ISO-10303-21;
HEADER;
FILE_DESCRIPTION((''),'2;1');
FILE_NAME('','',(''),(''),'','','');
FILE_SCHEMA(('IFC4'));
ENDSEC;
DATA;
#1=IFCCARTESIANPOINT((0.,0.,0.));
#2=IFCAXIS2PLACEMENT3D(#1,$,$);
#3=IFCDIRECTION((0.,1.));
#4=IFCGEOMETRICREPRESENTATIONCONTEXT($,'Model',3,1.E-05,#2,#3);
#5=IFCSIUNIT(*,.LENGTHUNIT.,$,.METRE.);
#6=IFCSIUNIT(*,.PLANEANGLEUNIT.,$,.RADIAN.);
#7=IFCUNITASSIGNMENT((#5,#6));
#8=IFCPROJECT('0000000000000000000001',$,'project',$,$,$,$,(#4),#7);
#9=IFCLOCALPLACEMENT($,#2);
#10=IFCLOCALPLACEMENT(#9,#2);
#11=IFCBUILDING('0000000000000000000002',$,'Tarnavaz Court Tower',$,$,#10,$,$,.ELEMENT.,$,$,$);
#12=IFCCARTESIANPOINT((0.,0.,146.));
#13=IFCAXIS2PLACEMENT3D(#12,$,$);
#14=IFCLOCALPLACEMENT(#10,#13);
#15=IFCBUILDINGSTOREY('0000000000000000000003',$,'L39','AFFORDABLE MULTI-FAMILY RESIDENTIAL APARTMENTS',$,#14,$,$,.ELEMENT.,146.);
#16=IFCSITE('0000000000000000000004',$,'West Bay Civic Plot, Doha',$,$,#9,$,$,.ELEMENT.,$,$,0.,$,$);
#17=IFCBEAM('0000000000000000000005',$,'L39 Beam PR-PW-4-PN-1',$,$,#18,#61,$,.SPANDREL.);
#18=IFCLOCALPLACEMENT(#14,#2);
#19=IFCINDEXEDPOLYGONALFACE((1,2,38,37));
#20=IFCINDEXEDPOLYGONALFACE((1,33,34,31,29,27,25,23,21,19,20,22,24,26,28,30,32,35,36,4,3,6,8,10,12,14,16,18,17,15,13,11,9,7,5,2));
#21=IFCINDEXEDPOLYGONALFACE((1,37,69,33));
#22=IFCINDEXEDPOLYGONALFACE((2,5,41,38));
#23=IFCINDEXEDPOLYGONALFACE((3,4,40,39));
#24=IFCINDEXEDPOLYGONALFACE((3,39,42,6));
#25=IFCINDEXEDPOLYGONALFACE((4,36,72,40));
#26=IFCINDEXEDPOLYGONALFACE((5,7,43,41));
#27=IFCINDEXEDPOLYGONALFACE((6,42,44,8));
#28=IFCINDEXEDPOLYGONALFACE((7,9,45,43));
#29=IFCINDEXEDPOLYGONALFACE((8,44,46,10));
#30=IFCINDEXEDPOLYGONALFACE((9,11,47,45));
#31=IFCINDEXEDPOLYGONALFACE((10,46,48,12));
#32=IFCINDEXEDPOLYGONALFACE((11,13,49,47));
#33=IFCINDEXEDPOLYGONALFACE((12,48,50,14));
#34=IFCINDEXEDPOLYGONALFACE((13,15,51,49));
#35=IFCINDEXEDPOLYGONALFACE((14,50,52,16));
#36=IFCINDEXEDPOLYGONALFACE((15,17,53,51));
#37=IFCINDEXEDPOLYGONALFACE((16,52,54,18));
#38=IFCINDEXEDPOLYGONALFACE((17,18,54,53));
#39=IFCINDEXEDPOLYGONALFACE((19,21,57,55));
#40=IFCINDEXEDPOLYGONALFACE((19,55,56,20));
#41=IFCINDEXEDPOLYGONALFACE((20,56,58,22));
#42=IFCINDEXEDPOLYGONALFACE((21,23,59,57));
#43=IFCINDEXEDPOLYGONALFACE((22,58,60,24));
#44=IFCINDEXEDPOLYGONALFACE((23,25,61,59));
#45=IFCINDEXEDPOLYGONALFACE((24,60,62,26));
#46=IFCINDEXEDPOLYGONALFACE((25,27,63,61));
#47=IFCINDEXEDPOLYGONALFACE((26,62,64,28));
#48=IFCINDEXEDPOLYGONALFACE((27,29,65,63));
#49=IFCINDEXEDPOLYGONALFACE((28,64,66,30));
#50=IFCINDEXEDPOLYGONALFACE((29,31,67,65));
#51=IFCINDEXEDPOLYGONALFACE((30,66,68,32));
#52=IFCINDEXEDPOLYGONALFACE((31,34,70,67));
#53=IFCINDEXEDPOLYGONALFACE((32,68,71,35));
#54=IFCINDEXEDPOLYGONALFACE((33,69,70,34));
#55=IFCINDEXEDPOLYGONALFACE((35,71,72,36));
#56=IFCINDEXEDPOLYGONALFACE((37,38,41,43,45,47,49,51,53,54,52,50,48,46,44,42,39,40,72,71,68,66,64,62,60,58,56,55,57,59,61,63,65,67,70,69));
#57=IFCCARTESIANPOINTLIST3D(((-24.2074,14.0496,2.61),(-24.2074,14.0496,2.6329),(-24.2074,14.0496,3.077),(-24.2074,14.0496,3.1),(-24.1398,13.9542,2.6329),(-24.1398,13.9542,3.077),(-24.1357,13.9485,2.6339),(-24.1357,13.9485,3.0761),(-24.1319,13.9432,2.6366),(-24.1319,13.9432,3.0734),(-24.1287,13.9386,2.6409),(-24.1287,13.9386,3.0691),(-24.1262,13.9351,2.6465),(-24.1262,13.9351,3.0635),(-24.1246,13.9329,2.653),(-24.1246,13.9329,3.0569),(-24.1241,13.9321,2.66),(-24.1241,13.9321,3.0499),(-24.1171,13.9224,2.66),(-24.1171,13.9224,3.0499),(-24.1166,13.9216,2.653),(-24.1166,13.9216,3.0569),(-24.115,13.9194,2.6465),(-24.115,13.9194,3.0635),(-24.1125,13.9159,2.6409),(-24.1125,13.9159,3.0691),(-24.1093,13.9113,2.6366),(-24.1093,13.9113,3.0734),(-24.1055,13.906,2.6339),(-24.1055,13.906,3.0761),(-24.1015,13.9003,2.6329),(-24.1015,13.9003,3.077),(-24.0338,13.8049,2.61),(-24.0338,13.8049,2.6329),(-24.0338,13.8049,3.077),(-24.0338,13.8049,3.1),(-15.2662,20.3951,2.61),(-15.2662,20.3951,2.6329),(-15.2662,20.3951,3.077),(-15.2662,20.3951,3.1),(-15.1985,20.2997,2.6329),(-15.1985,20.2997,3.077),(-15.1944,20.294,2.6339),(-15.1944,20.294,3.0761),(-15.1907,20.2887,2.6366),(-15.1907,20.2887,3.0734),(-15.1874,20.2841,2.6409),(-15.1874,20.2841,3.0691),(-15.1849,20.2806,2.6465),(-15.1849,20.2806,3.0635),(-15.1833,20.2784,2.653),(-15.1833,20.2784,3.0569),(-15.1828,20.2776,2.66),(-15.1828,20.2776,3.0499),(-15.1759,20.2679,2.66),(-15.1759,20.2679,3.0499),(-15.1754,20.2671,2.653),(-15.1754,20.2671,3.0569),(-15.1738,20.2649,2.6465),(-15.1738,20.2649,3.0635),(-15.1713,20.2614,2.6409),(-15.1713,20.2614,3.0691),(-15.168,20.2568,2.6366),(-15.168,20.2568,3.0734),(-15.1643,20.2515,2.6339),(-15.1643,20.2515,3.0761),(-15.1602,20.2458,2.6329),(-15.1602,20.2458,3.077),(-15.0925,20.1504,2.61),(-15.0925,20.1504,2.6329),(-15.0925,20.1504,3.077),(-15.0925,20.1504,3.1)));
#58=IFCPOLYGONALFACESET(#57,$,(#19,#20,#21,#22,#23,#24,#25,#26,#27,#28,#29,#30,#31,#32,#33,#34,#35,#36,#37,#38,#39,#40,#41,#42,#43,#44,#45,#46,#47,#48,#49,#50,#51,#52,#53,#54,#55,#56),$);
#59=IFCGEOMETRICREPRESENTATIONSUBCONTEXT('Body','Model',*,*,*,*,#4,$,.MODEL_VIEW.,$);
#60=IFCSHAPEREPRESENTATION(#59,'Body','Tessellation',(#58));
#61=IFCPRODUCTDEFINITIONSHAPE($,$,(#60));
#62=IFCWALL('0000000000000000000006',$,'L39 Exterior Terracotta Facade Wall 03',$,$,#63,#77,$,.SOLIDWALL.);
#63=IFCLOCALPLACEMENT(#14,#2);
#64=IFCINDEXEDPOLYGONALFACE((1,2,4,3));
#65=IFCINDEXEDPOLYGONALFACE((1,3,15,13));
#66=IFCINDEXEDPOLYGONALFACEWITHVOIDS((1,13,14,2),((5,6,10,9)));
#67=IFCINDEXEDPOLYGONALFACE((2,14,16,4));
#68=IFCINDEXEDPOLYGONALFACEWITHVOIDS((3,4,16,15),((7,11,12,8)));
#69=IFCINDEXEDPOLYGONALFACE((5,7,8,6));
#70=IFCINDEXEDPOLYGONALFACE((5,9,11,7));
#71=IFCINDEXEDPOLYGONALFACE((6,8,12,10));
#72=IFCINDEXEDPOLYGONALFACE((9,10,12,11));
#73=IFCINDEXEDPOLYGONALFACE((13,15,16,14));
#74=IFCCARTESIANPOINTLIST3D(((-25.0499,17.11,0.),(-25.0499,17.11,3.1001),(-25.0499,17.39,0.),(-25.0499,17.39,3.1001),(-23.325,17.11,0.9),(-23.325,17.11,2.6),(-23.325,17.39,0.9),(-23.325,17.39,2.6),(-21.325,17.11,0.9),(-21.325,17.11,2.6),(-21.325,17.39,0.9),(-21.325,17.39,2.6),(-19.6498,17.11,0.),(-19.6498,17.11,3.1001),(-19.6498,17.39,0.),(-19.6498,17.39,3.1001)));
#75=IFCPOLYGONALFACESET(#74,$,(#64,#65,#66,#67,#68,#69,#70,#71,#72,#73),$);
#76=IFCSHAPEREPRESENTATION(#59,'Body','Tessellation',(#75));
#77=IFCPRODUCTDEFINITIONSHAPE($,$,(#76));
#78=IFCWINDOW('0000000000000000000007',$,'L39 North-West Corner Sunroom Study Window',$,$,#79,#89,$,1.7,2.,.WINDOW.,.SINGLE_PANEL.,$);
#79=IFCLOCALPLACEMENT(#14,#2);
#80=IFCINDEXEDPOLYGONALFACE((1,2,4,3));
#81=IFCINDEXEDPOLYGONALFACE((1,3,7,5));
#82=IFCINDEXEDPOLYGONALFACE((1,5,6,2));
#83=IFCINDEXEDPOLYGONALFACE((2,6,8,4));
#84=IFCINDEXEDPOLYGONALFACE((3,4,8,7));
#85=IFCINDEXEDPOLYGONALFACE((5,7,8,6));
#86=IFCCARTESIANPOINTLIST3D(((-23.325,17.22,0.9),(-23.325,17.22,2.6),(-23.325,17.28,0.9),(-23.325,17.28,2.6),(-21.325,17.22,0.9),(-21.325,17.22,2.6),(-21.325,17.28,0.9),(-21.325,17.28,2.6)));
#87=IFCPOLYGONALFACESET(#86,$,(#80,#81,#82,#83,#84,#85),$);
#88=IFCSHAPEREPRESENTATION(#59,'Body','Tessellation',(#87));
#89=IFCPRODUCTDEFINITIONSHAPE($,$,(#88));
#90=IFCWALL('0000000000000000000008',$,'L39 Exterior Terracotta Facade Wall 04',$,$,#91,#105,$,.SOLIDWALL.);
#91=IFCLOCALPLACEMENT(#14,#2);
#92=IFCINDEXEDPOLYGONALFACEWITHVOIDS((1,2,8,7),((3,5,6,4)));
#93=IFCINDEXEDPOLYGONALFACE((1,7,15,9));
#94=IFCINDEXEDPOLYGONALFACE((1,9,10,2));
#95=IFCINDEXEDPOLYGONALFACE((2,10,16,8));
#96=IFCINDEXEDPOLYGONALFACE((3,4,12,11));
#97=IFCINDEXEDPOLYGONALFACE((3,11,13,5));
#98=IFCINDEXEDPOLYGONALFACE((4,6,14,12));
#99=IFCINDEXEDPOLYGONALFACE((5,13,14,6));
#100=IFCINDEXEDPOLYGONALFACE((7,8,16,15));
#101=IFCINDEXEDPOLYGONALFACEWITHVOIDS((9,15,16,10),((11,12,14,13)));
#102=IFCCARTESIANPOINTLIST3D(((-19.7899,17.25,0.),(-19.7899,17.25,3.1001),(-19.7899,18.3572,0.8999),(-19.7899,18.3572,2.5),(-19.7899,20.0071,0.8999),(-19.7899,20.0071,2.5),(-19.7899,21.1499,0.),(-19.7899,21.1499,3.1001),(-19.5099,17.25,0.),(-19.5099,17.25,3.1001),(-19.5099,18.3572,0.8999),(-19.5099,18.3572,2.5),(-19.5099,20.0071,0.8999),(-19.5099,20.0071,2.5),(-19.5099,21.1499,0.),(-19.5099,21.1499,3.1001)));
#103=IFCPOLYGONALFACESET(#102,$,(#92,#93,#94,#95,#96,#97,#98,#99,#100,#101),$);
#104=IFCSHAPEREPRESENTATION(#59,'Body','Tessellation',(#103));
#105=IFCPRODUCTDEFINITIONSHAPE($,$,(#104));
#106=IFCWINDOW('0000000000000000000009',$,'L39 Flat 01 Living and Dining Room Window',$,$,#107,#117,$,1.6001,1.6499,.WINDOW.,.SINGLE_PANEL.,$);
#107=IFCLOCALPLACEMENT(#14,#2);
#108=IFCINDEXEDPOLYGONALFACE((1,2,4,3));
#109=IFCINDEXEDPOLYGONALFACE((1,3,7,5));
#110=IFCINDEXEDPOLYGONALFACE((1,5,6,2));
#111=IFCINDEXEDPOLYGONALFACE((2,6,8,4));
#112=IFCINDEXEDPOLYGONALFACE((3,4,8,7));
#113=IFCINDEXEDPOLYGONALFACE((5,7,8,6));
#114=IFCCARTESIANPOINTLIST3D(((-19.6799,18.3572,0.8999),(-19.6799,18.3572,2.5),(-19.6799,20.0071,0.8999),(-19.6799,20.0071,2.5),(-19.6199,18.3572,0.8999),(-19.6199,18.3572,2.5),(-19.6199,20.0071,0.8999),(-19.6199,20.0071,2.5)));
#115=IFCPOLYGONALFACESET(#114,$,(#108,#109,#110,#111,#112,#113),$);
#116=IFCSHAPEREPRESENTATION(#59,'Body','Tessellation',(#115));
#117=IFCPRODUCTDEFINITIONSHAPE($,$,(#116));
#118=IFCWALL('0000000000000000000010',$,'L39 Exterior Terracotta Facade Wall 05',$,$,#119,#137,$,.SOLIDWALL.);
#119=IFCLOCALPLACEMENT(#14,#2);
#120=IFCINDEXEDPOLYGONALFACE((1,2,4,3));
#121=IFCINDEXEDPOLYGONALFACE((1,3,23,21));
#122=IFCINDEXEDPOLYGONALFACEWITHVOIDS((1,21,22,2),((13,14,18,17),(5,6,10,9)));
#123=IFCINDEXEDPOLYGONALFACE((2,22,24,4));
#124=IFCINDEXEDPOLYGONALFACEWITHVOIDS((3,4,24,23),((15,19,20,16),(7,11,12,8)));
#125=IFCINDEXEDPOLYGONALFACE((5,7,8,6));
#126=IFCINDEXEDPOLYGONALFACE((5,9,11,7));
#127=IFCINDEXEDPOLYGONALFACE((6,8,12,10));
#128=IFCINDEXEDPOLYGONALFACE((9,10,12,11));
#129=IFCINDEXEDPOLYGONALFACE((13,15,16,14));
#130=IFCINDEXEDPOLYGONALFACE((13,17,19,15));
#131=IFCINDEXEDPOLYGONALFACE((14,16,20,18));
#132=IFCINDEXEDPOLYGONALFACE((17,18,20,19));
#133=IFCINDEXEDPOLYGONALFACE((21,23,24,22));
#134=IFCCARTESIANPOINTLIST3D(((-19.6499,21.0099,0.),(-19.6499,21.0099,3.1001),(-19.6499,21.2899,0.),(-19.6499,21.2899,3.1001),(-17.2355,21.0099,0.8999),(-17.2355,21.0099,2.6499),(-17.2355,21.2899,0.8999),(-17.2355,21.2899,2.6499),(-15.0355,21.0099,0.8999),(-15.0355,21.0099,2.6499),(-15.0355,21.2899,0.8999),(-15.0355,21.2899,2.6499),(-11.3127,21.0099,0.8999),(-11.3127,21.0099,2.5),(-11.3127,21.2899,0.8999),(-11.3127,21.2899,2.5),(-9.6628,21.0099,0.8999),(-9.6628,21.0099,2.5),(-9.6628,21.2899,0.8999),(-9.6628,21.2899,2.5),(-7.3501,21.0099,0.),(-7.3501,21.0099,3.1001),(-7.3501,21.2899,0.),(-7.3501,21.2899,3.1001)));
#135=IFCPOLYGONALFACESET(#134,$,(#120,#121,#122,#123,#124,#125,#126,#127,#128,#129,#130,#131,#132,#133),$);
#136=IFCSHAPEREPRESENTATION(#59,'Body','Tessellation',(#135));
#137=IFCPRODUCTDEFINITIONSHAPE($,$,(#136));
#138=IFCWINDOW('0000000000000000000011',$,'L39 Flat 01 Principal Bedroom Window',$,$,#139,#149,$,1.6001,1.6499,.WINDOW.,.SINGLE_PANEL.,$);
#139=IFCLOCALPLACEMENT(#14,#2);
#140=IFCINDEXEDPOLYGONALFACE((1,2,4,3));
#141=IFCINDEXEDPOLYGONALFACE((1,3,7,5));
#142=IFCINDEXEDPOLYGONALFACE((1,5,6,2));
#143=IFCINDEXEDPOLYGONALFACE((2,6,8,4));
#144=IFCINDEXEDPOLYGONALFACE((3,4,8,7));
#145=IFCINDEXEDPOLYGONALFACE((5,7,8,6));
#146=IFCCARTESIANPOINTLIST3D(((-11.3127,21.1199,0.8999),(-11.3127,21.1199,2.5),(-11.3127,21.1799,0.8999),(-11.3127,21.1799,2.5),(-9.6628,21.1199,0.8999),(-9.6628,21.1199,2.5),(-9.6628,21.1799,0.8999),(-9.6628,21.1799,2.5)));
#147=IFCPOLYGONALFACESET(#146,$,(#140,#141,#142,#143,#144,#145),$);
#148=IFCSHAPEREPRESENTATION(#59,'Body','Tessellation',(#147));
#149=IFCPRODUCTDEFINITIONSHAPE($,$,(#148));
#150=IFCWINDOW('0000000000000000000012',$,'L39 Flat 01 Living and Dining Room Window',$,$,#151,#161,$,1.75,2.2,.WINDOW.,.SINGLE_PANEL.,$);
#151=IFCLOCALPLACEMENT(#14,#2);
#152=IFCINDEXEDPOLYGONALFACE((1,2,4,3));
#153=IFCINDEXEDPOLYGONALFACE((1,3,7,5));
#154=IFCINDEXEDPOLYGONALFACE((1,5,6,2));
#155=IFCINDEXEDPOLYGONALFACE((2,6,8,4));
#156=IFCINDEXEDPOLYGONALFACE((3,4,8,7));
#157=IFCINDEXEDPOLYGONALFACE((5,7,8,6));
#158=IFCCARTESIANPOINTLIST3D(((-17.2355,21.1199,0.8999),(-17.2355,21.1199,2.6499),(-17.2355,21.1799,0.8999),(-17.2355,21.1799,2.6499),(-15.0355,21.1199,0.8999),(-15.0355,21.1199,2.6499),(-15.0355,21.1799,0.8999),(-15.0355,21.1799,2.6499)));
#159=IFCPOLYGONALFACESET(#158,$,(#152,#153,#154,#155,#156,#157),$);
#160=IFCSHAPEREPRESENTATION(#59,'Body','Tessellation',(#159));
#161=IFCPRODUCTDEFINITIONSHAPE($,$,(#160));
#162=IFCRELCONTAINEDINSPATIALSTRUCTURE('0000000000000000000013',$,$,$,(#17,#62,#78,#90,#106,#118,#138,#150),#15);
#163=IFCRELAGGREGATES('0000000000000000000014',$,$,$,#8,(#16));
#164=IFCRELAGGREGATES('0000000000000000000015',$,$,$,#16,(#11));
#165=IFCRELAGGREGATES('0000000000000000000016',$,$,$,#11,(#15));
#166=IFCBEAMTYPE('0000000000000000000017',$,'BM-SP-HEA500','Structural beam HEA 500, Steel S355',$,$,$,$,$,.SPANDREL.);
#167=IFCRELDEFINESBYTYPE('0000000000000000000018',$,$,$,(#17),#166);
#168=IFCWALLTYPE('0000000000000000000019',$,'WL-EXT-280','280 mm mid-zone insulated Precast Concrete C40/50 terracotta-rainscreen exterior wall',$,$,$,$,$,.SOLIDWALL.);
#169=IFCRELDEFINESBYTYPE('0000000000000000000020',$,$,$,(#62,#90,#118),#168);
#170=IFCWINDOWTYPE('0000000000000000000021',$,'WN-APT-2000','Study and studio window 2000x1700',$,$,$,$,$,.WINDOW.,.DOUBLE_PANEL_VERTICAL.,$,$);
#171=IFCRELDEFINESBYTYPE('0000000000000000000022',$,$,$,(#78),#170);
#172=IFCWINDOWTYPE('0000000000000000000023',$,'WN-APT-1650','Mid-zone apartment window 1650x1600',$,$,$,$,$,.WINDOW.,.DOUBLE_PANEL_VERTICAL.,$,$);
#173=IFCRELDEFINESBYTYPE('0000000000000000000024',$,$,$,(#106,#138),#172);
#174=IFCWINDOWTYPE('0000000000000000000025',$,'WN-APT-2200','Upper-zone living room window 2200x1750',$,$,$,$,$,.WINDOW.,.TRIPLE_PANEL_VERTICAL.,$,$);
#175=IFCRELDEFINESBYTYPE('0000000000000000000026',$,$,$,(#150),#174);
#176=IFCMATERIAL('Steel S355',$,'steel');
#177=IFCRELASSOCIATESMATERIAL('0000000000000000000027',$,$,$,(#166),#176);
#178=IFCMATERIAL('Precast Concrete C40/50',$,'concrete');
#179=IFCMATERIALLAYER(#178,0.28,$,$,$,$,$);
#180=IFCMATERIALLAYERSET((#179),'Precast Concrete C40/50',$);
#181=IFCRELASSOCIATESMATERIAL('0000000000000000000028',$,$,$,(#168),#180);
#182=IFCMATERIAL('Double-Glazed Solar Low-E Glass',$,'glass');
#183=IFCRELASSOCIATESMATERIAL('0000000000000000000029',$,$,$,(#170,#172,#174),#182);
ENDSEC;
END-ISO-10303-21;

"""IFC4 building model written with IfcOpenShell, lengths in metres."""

from ifc_helpers import new_model, si_unit, direction, frame, frame_2d, origin, origin_2d, place, context, subcontext, project, spatial, rectangle, i_section, extrude, material, layer, layer_set, material_profile, profile_set, type_object, element, fill, save


model = new_model("IFC4")

# Units and contexts
model_context = context("Model", 3, precision=1e-05, world=origin(), true_north=direction((0.0, 1.0)))
body_context = subcontext(model_context, "Body", "Model", "MODEL_VIEW")
ifc_project = project(units=[si_unit("LENGTHUNIT", "METRE"), si_unit("PLANEANGLEUNIT", "RADIAN")], contexts=[model_context])

# Site, building, storey
site_placement = place(None, origin())
site = spatial("IfcSite", under=ifc_project, at=site_placement, Name="West Bay Civic Plot, Doha", CompositionType="ELEMENT", RefElevation=0.0)
building_placement = place(site_placement, origin())
building = spatial("IfcBuilding", under=site, at=building_placement, Name="Tarnavaz Court Tower", CompositionType="ELEMENT")
storey_placement = place(building_placement, frame((0.0, 0.0, 146.0)))
storey = spatial("IfcBuildingStorey", under=building, at=storey_placement, Name="L39", Description="AFFORDABLE MULTI-FAMILY RESIDENTIAL APARTMENTS", CompositionType="ELEMENT", Elevation=146.0)

# Beam
ifc_material_1 = material(Name="Steel S355", Category="steel")
ifc_material_profile_1 = material_profile(ifc_material_1, i_section(OverallWidth=0.3, OverallDepth=0.49, WebThickness=0.012, FlangeThickness=0.0229, FilletRadius=0.0271, at=origin_2d()), Name="HEA 500")
ifc_profile_set_1 = profile_set([ifc_material_profile_1], Name="Steel S355")
beam_type_1 = type_object("IfcBeamType", Name="BM-SP-HEA500", Description="Structural beam HEA 500, Steel S355", PredefinedType="SPANDREL", material=ifc_profile_set_1)
beam_1_placement = place(storey_placement, frame((-24.1206, 13.9272, 2.855), z_axis=(0.815502, 0.578754, 0.0), x_axis=(-0.578754, 0.815502, 0.0)))
element("IfcBeam", 1, at=beam_1_placement, inside=storey, type_object=beam_type_1, Name="L39 Beam PR-PW-4-PN-1", PredefinedType="SPANDREL", context=body_context, shape_type="SweptSolid", body=[
    extrude(i_section(OverallWidth=0.3, OverallDepth=0.49, WebThickness=0.012, FlangeThickness=0.0229, FilletRadius=0.0271, at=origin_2d()), origin(), (0.0, 0.0, 1.0), 10.9641),
])

# Walls, openings, windows
ifc_material_2 = material(Name="Precast Concrete C40/50", Category="concrete")
ifc_layer_1 = layer(ifc_material_2, 0.28)
ifc_layer_set_1 = layer_set([ifc_layer_1], Name="Precast Concrete C40/50")
wall_type_1 = type_object("IfcWallType", Name="WL-EXT-280", Description="280 mm mid-zone insulated Precast Concrete C40/50 terracotta-rainscreen exterior wall", PredefinedType="SOLIDWALL", material=ifc_layer_set_1)
wall_1_placement = place(storey_placement, frame((-25.05, 17.25, 0.0), z_axis=(0.0, 0.0, 1.0), x_axis=(1.0, 0.0, 0.0)))
wall_1 = element("IfcWall", 2, at=wall_1_placement, inside=storey, type_object=wall_type_1, Name="L39 Exterior Terracotta Facade Wall 03", PredefinedType="SOLIDWALL", context=body_context, shape_type="SweptSolid", body=[
    extrude(rectangle(XDim=5.4001, YDim=0.28, at=frame_2d((2.7002, 0.0))), origin(), (0.0, 0.0, 1.0), 3.1001),
])
opening_1_placement = place(wall_1_placement, frame((1.7251, 0.0, 0.8999)))
opening_1 = element("IfcOpeningElement", 3, at=opening_1_placement, cuts=wall_1, PredefinedType="OPENING", context=body_context, shape_type="SweptSolid", body=[
    extrude(rectangle(XDim=2.0, YDim=1.7, at=frame_2d((1.0, 0.8501))), frame((0.0, 0.1499, 0.0), z_axis=(0.0, -1.0, 0.0), x_axis=(1.0, 0.0, 0.0)), (0.0, 0.0, 1.0), 0.3),
])
ifc_material_3 = material(Name="Double-Glazed Solar Low-E Glass", Category="glass")
window_type_1 = type_object("IfcWindowType", Name="WN-APT-2000", Description="Study and studio window 2000x1700", PartitioningType="DOUBLE_PANEL_VERTICAL", PredefinedType="WINDOW", material=ifc_material_3)
window_1_placement = place(opening_1_placement, origin())
window_1 = element("IfcWindow", 4, at=window_1_placement, inside=storey, type_object=window_type_1, Name="L39 North-West Corner Sunroom Study Window", OverallHeight=1.7, OverallWidth=2.0, PartitioningType="SINGLE_PANEL", PredefinedType="WINDOW", context=body_context, shape_type="SweptSolid", body=[
    extrude(rectangle(XDim=2.0, YDim=1.7, at=frame_2d((1.0, 0.8501))), frame((0.0, 0.03, 0.0), z_axis=(0.0, -1.0, 0.0), x_axis=(1.0, 0.0, 0.0)), (0.0, 0.0, 1.0), 0.0601),
])
fill(opening_1, window_1)
wall_2_placement = place(storey_placement, frame((-19.6499, 17.25, 0.0), z_axis=(0.0, 0.0, 1.0), x_axis=(0.0, 1.0, 0.0)))
wall_2 = element("IfcWall", 5, at=wall_2_placement, inside=storey, type_object=wall_type_1, Name="L39 Exterior Terracotta Facade Wall 04", PredefinedType="SOLIDWALL", context=body_context, shape_type="SweptSolid", body=[
    extrude(rectangle(XDim=3.8999, YDim=0.28, at=frame_2d((1.95, 0.0))), origin(), (0.0, 0.0, 1.0), 3.1001),
])
opening_2_placement = place(wall_2_placement, frame((1.1072, 0.0, 0.8999)))
opening_2 = element("IfcOpeningElement", 6, at=opening_2_placement, cuts=wall_2, PredefinedType="OPENING", context=body_context, shape_type="SweptSolid", body=[
    extrude(rectangle(XDim=1.6499, YDim=1.6001, at=frame_2d((0.825, 0.8))), frame((0.0, 0.1499, 0.0), z_axis=(0.0, -1.0, 0.0), x_axis=(1.0, 0.0, 0.0)), (0.0, 0.0, 1.0), 0.3),
])
window_type_2 = type_object("IfcWindowType", Name="WN-APT-1650", Description="Mid-zone apartment window 1650x1600", PartitioningType="DOUBLE_PANEL_VERTICAL", PredefinedType="WINDOW", material=ifc_material_3)
window_2_placement = place(opening_2_placement, origin())
window_2 = element("IfcWindow", 7, at=window_2_placement, inside=storey, type_object=window_type_2, Name="L39 Flat 01 Living and Dining Room Window", OverallHeight=1.6001, OverallWidth=1.6499, PartitioningType="SINGLE_PANEL", PredefinedType="WINDOW", context=body_context, shape_type="SweptSolid", body=[
    extrude(rectangle(XDim=1.6499, YDim=1.6001, at=frame_2d((0.825, 0.8))), frame((0.0, 0.03, 0.0), z_axis=(0.0, -1.0, 0.0), x_axis=(1.0, 0.0, 0.0)), (0.0, 0.0, 1.0), 0.0601),
])
fill(opening_2, window_2)

# Wall, openings, windows
wall_3_placement = place(storey_placement, frame((-19.6499, 21.1499, 0.0), z_axis=(0.0, 0.0, 1.0), x_axis=(1.0, 0.0, 0.0)))
wall_3 = element("IfcWall", 8, at=wall_3_placement, inside=storey, type_object=wall_type_1, Name="L39 Exterior Terracotta Facade Wall 05", PredefinedType="SOLIDWALL", context=body_context, shape_type="SweptSolid", body=[
    extrude(rectangle(XDim=12.2998, YDim=0.28, at=frame_2d((6.1499, 0.0))), origin(), (0.0, 0.0, 1.0), 3.1001),
])
opening_3_placement = place(wall_3_placement, frame((2.4143, 0.0, 0.8999)))
opening_3 = element("IfcOpeningElement", 9, at=opening_3_placement, cuts=wall_3, PredefinedType="OPENING", context=body_context, shape_type="SweptSolid", body=[
    extrude(rectangle(XDim=2.2, YDim=1.75, at=frame_2d((1.1001, 0.875))), frame((0.0, 0.1499, 0.0), z_axis=(0.0, -1.0, 0.0), x_axis=(1.0, 0.0, 0.0)), (0.0, 0.0, 1.0), 0.3),
])
opening_4_placement = place(wall_3_placement, frame((8.3372, 0.0, 0.8999)))
opening_4 = element("IfcOpeningElement", 10, at=opening_4_placement, cuts=wall_3, PredefinedType="OPENING", context=body_context, shape_type="SweptSolid", body=[
    extrude(rectangle(XDim=1.6499, YDim=1.6001, at=frame_2d((0.825, 0.8))), frame((0.0, 0.1499, 0.0), z_axis=(0.0, -1.0, 0.0), x_axis=(1.0, 0.0, 0.0)), (0.0, 0.0, 1.0), 0.3),
])
window_3_placement = place(opening_4_placement, origin())
window_3 = element("IfcWindow", 11, at=window_3_placement, inside=storey, type_object=window_type_2, Name="L39 Flat 01 Principal Bedroom Window", OverallHeight=1.6001, OverallWidth=1.6499, PartitioningType="SINGLE_PANEL", PredefinedType="WINDOW", context=body_context, shape_type="SweptSolid", body=[
    extrude(rectangle(XDim=1.6499, YDim=1.6001, at=frame_2d((0.825, 0.8))), frame((0.0, 0.03, 0.0), z_axis=(0.0, -1.0, 0.0), x_axis=(1.0, 0.0, 0.0)), (0.0, 0.0, 1.0), 0.0601),
])
fill(opening_4, window_3)
window_type_3 = type_object("IfcWindowType", Name="WN-APT-2200", Description="Upper-zone living room window 2200x1750", PartitioningType="TRIPLE_PANEL_VERTICAL", PredefinedType="WINDOW", material=ifc_material_3)
window_4_placement = place(opening_3_placement, origin())
window_4 = element("IfcWindow", 12, at=window_4_placement, inside=storey, type_object=window_type_3, Name="L39 Flat 01 Living and Dining Room Window", OverallHeight=1.75, OverallWidth=2.2, PartitioningType="SINGLE_PANEL", PredefinedType="WINDOW", context=body_context, shape_type="SweptSolid", body=[
    extrude(rectangle(XDim=2.2, YDim=1.75, at=frame_2d((1.1001, 0.875))), frame((0.0, 0.03, 0.0), z_axis=(0.0, -1.0, 0.0), x_axis=(1.0, 0.0, 0.0)), (0.0, 0.0, 1.0), 0.0601),
])
fill(opening_3, window_4)

save(model, "model.ifc")
